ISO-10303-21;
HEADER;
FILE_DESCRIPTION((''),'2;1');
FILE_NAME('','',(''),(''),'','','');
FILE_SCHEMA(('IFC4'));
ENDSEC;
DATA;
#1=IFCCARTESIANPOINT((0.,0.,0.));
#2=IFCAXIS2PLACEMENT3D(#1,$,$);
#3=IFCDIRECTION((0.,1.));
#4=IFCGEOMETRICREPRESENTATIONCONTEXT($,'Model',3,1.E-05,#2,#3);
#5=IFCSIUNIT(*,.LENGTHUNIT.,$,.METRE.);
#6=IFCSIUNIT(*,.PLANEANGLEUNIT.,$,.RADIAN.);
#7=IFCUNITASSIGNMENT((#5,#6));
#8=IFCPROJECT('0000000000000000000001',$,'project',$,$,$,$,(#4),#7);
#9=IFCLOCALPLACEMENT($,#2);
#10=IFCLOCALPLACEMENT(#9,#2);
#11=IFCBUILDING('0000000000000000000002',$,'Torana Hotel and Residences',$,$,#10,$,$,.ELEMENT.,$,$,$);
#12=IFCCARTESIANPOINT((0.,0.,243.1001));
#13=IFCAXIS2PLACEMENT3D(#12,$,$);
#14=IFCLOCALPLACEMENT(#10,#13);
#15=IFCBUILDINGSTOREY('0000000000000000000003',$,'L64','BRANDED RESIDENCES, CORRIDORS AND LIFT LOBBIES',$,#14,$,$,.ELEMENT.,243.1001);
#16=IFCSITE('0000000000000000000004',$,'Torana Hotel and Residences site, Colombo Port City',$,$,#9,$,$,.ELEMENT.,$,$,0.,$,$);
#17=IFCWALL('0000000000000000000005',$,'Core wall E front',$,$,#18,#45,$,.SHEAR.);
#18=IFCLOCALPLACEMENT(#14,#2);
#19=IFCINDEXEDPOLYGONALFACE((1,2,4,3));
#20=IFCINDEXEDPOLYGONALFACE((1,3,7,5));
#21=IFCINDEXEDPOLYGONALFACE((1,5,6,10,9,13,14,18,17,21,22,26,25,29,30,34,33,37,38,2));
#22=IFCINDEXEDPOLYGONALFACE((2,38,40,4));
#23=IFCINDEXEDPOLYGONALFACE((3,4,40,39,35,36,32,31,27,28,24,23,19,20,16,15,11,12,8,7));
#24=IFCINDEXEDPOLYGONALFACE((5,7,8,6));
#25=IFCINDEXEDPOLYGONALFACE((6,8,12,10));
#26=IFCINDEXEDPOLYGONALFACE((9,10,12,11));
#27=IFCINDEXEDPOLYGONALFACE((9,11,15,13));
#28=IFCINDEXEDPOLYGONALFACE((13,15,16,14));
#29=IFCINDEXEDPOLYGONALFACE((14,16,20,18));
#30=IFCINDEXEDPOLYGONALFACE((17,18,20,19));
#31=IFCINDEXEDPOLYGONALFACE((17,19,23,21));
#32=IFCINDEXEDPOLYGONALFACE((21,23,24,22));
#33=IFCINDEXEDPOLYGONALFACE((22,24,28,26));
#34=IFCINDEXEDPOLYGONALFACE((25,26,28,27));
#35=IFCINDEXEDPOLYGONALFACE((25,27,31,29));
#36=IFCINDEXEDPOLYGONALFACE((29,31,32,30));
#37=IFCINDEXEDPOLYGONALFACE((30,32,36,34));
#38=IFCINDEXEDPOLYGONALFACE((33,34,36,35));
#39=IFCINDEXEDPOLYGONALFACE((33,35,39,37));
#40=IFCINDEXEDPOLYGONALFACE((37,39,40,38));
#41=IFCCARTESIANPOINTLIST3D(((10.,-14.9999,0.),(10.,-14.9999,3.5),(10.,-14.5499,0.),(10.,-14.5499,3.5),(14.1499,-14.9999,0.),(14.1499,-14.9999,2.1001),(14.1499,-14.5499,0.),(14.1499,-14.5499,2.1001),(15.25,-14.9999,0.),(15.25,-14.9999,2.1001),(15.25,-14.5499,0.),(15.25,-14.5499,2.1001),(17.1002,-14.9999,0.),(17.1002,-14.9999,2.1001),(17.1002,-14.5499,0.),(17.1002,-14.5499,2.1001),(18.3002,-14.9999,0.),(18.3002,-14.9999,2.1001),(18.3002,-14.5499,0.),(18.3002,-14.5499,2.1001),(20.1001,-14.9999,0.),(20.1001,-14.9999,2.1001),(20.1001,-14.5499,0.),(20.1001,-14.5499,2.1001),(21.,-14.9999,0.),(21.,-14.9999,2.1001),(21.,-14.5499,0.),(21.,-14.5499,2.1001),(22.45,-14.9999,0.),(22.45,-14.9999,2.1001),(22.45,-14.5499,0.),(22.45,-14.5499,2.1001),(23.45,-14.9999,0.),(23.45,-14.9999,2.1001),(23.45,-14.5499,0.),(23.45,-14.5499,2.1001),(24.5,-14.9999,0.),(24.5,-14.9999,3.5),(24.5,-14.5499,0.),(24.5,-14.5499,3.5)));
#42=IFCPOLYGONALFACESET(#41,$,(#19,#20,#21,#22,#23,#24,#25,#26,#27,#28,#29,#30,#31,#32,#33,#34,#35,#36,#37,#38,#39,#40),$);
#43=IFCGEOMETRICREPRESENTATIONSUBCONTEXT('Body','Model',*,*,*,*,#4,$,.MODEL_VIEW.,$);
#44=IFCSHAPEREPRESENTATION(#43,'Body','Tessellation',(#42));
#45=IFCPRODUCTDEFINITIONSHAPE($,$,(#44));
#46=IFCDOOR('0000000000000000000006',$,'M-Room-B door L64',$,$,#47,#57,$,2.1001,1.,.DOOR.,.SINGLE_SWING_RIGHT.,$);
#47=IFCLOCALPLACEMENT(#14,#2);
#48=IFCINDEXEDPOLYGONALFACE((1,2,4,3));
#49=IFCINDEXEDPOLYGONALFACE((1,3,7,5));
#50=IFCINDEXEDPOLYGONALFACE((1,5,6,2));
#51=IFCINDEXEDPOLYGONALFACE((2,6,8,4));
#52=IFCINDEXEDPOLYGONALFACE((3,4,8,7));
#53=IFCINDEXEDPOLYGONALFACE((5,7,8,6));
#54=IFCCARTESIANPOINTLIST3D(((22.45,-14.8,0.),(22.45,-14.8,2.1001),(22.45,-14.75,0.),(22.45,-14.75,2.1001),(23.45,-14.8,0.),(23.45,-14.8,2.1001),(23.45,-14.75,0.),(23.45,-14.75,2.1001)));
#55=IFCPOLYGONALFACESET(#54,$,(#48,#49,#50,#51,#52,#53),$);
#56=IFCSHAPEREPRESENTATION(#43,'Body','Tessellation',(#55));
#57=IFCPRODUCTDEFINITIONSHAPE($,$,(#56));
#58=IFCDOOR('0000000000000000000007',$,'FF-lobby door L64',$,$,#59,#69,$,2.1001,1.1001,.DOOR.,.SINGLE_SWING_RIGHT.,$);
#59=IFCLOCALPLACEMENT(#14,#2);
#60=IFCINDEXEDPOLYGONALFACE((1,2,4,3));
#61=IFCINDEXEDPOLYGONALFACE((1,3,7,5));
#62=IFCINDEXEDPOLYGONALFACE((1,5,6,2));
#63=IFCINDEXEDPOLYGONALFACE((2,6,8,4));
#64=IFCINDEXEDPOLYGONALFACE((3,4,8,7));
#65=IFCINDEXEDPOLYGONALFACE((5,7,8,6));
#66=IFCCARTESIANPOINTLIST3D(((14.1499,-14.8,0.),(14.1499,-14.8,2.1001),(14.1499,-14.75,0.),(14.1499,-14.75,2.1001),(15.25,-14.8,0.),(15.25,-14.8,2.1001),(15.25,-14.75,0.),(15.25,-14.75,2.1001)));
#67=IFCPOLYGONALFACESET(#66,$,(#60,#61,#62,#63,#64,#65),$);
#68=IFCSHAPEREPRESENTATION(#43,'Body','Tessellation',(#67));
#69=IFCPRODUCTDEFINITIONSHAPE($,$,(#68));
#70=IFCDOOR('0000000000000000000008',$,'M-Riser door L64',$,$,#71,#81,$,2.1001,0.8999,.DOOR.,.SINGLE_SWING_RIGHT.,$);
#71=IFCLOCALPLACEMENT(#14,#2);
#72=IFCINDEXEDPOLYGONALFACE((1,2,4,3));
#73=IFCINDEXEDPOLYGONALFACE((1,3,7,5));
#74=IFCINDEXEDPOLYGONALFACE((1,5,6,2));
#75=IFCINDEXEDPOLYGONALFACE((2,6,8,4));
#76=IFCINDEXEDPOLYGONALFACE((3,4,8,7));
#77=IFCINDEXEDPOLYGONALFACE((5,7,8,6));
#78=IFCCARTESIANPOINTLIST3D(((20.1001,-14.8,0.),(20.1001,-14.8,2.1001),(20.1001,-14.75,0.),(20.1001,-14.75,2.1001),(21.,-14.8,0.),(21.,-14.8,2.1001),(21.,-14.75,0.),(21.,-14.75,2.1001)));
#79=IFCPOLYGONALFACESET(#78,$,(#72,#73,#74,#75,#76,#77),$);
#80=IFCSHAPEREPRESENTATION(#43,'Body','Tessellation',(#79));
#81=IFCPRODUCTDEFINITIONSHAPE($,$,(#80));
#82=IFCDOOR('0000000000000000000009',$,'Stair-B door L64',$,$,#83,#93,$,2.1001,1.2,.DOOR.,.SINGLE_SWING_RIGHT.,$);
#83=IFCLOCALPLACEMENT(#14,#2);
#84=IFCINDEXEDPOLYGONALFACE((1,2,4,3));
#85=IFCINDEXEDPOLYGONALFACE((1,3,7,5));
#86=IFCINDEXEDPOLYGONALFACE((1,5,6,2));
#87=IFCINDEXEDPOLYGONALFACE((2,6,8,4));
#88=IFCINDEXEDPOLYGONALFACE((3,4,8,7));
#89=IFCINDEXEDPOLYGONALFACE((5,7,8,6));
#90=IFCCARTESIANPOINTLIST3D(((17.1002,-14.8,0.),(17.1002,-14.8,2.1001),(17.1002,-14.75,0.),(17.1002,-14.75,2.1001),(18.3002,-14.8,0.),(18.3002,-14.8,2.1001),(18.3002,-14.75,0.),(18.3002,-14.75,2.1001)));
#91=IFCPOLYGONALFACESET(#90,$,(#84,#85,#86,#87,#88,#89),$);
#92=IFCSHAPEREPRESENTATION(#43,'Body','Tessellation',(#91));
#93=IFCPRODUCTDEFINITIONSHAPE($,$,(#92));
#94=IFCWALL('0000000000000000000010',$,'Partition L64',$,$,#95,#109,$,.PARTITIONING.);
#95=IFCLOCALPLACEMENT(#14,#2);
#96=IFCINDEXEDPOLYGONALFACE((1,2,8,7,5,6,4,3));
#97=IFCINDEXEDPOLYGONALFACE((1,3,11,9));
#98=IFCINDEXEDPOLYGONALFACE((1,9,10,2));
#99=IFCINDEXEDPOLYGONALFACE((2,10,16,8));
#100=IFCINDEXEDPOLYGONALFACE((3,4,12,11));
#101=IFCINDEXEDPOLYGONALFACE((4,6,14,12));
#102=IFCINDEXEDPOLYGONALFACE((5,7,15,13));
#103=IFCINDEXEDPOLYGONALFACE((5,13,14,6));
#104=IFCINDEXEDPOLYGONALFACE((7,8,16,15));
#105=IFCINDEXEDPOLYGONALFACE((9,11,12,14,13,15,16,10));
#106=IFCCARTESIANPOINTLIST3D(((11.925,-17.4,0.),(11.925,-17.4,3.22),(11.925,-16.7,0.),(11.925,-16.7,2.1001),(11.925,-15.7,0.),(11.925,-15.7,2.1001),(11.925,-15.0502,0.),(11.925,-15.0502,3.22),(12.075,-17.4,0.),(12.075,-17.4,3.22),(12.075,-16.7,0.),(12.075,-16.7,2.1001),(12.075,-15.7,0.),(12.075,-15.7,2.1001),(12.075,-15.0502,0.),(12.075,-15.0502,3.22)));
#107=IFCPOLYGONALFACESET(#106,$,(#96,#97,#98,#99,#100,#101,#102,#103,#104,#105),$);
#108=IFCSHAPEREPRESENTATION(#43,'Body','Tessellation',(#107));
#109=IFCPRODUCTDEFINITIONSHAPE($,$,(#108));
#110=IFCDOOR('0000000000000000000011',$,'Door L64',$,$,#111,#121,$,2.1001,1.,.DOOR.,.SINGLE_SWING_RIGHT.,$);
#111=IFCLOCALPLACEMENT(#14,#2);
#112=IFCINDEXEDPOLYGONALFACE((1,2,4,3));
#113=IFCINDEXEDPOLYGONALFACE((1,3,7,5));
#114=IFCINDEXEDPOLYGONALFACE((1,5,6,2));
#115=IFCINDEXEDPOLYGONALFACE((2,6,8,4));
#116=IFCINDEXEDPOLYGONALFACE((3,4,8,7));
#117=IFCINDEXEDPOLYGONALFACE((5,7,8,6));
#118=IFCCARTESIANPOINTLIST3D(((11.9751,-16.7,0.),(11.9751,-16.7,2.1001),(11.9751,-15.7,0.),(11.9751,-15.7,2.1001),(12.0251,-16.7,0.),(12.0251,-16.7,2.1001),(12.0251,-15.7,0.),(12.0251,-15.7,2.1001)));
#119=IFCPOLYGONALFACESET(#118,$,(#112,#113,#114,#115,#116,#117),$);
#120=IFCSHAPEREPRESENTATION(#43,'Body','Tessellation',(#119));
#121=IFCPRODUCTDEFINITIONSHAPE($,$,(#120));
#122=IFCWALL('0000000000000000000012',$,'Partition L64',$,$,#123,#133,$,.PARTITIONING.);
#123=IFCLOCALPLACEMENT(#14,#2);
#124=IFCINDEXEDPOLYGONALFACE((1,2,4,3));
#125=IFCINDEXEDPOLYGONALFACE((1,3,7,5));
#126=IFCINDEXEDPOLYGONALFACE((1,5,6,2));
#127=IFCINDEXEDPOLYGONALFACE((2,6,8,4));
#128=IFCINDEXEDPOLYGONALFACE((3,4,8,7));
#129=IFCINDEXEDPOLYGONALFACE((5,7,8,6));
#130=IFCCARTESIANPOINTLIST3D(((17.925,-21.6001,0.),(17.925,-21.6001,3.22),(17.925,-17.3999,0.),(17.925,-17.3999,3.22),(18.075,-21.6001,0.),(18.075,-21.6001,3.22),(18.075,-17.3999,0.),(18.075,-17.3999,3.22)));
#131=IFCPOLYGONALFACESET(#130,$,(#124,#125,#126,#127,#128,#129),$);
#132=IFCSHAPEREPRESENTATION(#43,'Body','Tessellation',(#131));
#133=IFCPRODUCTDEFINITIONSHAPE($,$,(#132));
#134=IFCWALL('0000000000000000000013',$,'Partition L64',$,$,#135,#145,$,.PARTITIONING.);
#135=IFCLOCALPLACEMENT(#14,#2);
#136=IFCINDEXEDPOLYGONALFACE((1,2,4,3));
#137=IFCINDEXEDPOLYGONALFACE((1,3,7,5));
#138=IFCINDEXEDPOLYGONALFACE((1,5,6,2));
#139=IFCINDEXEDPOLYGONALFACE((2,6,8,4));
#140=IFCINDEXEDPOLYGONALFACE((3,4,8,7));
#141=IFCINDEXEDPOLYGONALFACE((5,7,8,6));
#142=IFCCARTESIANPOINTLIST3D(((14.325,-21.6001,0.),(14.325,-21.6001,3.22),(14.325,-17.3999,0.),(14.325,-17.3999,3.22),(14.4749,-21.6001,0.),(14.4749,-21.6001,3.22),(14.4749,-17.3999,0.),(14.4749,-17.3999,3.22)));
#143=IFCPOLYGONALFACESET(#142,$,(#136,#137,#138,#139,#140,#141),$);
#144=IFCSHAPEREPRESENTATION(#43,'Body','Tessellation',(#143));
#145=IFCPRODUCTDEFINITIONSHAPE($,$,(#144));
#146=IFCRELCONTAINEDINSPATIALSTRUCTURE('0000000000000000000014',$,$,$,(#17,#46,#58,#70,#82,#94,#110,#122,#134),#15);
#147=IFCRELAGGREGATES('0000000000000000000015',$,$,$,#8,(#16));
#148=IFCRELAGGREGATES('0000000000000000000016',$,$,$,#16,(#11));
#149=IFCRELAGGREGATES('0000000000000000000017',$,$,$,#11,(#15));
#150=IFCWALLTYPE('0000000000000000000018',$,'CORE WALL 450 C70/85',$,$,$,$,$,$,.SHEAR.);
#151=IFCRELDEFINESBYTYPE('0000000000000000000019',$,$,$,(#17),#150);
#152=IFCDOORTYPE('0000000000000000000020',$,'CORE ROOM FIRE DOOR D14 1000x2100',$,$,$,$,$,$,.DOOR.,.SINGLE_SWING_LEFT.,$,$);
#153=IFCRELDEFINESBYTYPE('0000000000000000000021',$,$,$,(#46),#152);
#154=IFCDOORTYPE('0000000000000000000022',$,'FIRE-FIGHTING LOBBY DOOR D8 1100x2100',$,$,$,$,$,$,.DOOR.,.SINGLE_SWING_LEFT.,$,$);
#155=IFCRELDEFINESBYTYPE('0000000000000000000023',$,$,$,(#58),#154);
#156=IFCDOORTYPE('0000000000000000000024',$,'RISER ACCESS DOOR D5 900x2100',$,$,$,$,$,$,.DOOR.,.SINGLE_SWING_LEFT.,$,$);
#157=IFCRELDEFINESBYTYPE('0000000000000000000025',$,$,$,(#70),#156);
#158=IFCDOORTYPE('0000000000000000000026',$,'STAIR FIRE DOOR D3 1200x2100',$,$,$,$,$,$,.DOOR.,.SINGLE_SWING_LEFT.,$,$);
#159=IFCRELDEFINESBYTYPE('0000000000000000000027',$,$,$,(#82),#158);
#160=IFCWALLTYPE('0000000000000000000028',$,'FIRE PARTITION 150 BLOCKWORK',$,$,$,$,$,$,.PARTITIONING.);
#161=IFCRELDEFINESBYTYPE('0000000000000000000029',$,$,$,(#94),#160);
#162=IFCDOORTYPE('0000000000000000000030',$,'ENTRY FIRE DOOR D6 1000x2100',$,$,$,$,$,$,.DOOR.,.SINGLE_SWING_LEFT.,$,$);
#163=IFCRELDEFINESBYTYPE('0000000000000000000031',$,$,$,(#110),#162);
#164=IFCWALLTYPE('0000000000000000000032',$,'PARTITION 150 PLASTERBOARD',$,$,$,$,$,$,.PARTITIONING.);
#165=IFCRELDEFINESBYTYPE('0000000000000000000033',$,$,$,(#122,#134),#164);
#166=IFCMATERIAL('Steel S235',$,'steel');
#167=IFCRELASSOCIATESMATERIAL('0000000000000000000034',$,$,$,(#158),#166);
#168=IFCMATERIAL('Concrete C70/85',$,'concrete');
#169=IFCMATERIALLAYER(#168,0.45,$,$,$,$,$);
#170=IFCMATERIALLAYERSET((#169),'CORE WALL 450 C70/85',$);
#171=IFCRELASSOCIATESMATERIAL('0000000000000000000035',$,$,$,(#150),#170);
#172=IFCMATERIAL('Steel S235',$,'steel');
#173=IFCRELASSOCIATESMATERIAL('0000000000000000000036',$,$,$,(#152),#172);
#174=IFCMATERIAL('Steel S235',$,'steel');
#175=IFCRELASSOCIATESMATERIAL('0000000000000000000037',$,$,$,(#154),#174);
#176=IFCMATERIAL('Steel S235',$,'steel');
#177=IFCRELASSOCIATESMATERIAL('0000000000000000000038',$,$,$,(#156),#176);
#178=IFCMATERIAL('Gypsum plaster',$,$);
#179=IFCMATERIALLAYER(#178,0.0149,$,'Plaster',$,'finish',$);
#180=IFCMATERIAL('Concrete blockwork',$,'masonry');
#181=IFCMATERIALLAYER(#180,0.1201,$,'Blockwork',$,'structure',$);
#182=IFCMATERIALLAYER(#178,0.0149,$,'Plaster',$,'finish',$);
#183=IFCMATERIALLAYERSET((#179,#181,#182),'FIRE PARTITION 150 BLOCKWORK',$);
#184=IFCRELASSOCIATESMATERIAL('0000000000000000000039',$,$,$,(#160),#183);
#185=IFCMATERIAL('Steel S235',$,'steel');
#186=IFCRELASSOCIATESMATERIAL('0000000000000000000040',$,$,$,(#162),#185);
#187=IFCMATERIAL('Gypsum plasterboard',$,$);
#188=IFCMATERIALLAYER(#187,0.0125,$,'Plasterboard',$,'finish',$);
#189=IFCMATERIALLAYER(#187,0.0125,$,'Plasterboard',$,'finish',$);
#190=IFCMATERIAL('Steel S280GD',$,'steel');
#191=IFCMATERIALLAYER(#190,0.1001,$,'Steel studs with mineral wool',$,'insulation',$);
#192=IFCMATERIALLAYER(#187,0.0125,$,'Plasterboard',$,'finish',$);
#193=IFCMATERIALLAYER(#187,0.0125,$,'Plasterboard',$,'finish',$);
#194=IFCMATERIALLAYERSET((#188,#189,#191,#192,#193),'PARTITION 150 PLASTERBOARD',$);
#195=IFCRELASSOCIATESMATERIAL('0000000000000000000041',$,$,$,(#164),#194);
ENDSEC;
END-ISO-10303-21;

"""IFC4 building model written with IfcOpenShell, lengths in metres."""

from ifc_helpers import new_model, si_unit, direction, frame, frame_2d, origin, place, context, subcontext, project, spatial, rectangle, extrude, material, layer, layer_set, type_object, element, fill, save


model = new_model("IFC4")

# Units and contexts
model_context = context("Model", 3, precision=1e-05, world=origin(), true_north=direction((0.0, 1.0)))
body_context = subcontext(model_context, "Body", "Model", "MODEL_VIEW")
ifc_project = project(units=[si_unit("LENGTHUNIT", "METRE"), si_unit("PLANEANGLEUNIT", "RADIAN")], contexts=[model_context])

# Site, building, storey
site_placement = place(None, origin())
site = spatial("IfcSite", under=ifc_project, at=site_placement, Name="Torana Hotel and Residences site, Colombo Port City", CompositionType="ELEMENT", RefElevation=0.0)
building_placement = place(site_placement, origin())
building = spatial("IfcBuilding", under=site, at=building_placement, Name="Torana Hotel and Residences", CompositionType="ELEMENT")
storey_placement = place(building_placement, frame((0.0, 0.0, 243.1001)))
storey = spatial("IfcBuildingStorey", under=building, at=storey_placement, Name="L64", Description="BRANDED RESIDENCES, CORRIDORS AND LIFT LOBBIES", CompositionType="ELEMENT", Elevation=243.1001)

# Shared definitions
ifc_material_1 = material(Name="Steel S235", Category="steel")
door_type_1 = type_object("IfcDoorType", Name="STAIR FIRE DOOR D3 1200x2100", OperationType="SINGLE_SWING_LEFT", PredefinedType="DOOR", material=ifc_material_1)

# Wall, openings, doors
ifc_material_2 = material(Name="Concrete C70/85", Category="concrete")
ifc_layer_1 = layer(ifc_material_2, 0.45)
ifc_layer_set_1 = layer_set([ifc_layer_1], Name="CORE WALL 450 C70/85")
wall_type_1 = type_object("IfcWallType", Name="CORE WALL 450 C70/85", PredefinedType="SHEAR", material=ifc_layer_set_1)
wall_1_placement = place(storey_placement, frame((10.0, -14.7749, 0.0), z_axis=(0.0, 0.0, 1.0), x_axis=(1.0, 0.0, 0.0)))
wall_1 = element("IfcWall", 1, at=wall_1_placement, inside=storey, type_object=wall_type_1, Name="Core wall E front", PredefinedType="SHEAR", context=body_context, shape_type="SweptSolid", body=[
    extrude(rectangle(XDim=14.5, YDim=0.45, at=frame_2d((7.25, 0.0))), origin(), (0.0, 0.0, 1.0), 3.5),
])
opening_1_placement = place(wall_1_placement, frame((7.1001, 0.0, 0.0)))
opening_1 = element("IfcOpeningElement", 2, at=opening_1_placement, cuts=wall_1, PredefinedType="OPENING", context=body_context, shape_type="SweptSolid", body=[
    extrude(rectangle(XDim=1.2, YDim=2.1001, at=frame_2d((0.6001, 1.05))), frame((0.0, 0.2349, 0.0), z_axis=(0.0, -1.0, 0.0), x_axis=(1.0, 0.0, 0.0)), (0.0, 0.0, 1.0), 0.47),
])
opening_2_placement = place(wall_1_placement, frame((4.1499, 0.0, 0.0)))
opening_2 = element("IfcOpeningElement", 3, at=opening_2_placement, cuts=wall_1, PredefinedType="OPENING", context=body_context, shape_type="SweptSolid", body=[
    extrude(rectangle(XDim=1.1001, YDim=2.1001, at=frame_2d((0.55, 1.05))), frame((0.0, 0.2349, 0.0), z_axis=(0.0, -1.0, 0.0), x_axis=(1.0, 0.0, 0.0)), (0.0, 0.0, 1.0), 0.47),
])
opening_3_placement = place(wall_1_placement, frame((10.1001, 0.0, 0.0)))
opening_3 = element("IfcOpeningElement", 4, at=opening_3_placement, cuts=wall_1, PredefinedType="OPENING", context=body_context, shape_type="SweptSolid", body=[
    extrude(rectangle(XDim=0.8999, YDim=2.1001, at=frame_2d((0.45, 1.05))), frame((0.0, 0.2349, 0.0), z_axis=(0.0, -1.0, 0.0), x_axis=(1.0, 0.0, 0.0)), (0.0, 0.0, 1.0), 0.47),
])
opening_4_placement = place(wall_1_placement, frame((12.45, 0.0, 0.0)))
opening_4 = element("IfcOpeningElement", 5, at=opening_4_placement, cuts=wall_1, PredefinedType="OPENING", context=body_context, shape_type="SweptSolid", body=[
    extrude(rectangle(XDim=1.0, YDim=2.1001, at=frame_2d((0.5, 1.05))), frame((0.0, 0.2349, 0.0), z_axis=(0.0, -1.0, 0.0), x_axis=(1.0, 0.0, 0.0)), (0.0, 0.0, 1.0), 0.47),
])
ifc_material_3 = material(Name="Steel S235", Category="steel")
door_type_2 = type_object("IfcDoorType", Name="CORE ROOM FIRE DOOR D14 1000x2100", OperationType="SINGLE_SWING_LEFT", PredefinedType="DOOR", material=ifc_material_3)
door_1_placement = place(opening_4_placement, origin())
door_1 = element("IfcDoor", 6, at=door_1_placement, inside=storey, type_object=door_type_2, Name="M-Room-B door L64", OperationType="SINGLE_SWING_RIGHT", OverallHeight=2.1001, OverallWidth=1.0, PredefinedType="DOOR", context=body_context, shape_type="SweptSolid", body=[
    extrude(rectangle(XDim=1.0, YDim=2.1001, at=frame_2d((0.5, 1.05))), frame((0.0, 0.0249, 0.0), z_axis=(0.0, -1.0, 0.0), x_axis=(1.0, 0.0, 0.0)), (0.0, 0.0, 1.0), 0.05),
])
fill(opening_4, door_1)
ifc_material_4 = material(Name="Steel S235", Category="steel")
door_type_3 = type_object("IfcDoorType", Name="FIRE-FIGHTING LOBBY DOOR D8 1100x2100", OperationType="SINGLE_SWING_LEFT", PredefinedType="DOOR", material=ifc_material_4)
door_2_placement = place(opening_2_placement, origin())
door_2 = element("IfcDoor", 7, at=door_2_placement, inside=storey, type_object=door_type_3, Name="FF-lobby door L64", OperationType="SINGLE_SWING_RIGHT", OverallHeight=2.1001, OverallWidth=1.1001, PredefinedType="DOOR", context=body_context, shape_type="SweptSolid", body=[
    extrude(rectangle(XDim=1.1001, YDim=2.1001, at=frame_2d((0.55, 1.05))), frame((0.0, 0.0249, 0.0), z_axis=(0.0, -1.0, 0.0), x_axis=(1.0, 0.0, 0.0)), (0.0, 0.0, 1.0), 0.05),
])
fill(opening_2, door_2)
ifc_material_5 = material(Name="Steel S235", Category="steel")
door_type_4 = type_object("IfcDoorType", Name="RISER ACCESS DOOR D5 900x2100", OperationType="SINGLE_SWING_LEFT", PredefinedType="DOOR", material=ifc_material_5)
door_3_placement = place(opening_3_placement, origin())
door_3 = element("IfcDoor", 8, at=door_3_placement, inside=storey, type_object=door_type_4, Name="M-Riser door L64", OperationType="SINGLE_SWING_RIGHT", OverallHeight=2.1001, OverallWidth=0.8999, PredefinedType="DOOR", context=body_context, shape_type="SweptSolid", body=[
    extrude(rectangle(XDim=0.8999, YDim=2.1001, at=frame_2d((0.45, 1.05))), frame((0.0, 0.0249, 0.0), z_axis=(0.0, -1.0, 0.0), x_axis=(1.0, 0.0, 0.0)), (0.0, 0.0, 1.0), 0.05),
])
fill(opening_3, door_3)
door_4_placement = place(opening_1_placement, origin())
door_4 = element("IfcDoor", 9, at=door_4_placement, inside=storey, type_object=door_type_1, Name="Stair-B door L64", OperationType="SINGLE_SWING_RIGHT", OverallHeight=2.1001, OverallWidth=1.2, PredefinedType="DOOR", context=body_context, shape_type="SweptSolid", body=[
    extrude(rectangle(XDim=1.2, YDim=2.1001, at=frame_2d((0.6001, 1.05))), frame((0.0, 0.0249, 0.0), z_axis=(0.0, -1.0, 0.0), x_axis=(1.0, 0.0, 0.0)), (0.0, 0.0, 1.0), 0.05),
])
fill(opening_1, door_4)

# Wall, opening, door
ifc_material_6 = material(Name="Gypsum plaster")
ifc_layer_2 = layer(ifc_material_6, 0.0149, Name="Plaster", Category="finish")
ifc_material_7 = material(Name="Concrete blockwork", Category="masonry")
ifc_layer_3 = layer(ifc_material_7, 0.1201, Name="Blockwork", Category="structure")
ifc_layer_4 = layer(ifc_material_6, 0.0149, Name="Plaster", Category="finish")
ifc_layer_set_2 = layer_set([ifc_layer_2, ifc_layer_3, ifc_layer_4], Name="FIRE PARTITION 150 BLOCKWORK")
wall_type_2 = type_object("IfcWallType", Name="FIRE PARTITION 150 BLOCKWORK", PredefinedType="PARTITIONING", material=ifc_layer_set_2)
wall_2_placement = place(storey_placement, frame((12.0, -17.3999, 0.0), z_axis=(0.0, 0.0, 1.0), x_axis=(0.0, 1.0, 0.0)))
wall_2 = element("IfcWall", 10, at=wall_2_placement, inside=storey, type_object=wall_type_2, Name="Partition L64", PredefinedType="PARTITIONING", context=body_context, shape_type="SweptSolid", body=[
    extrude(rectangle(XDim=2.3499, YDim=0.1499, at=frame_2d((1.1748, 0.0))), origin(), (0.0, 0.0, 1.0), 3.22),
])
opening_5_placement = place(wall_2_placement, frame((0.7, 0.0, 0.0)))
opening_5 = element("IfcOpeningElement", 11, at=opening_5_placement, cuts=wall_2, PredefinedType="OPENING", context=body_context, shape_type="SweptSolid", body=[
    extrude(rectangle(XDim=1.0, YDim=2.1001, at=frame_2d((0.5, 1.05))), frame((0.0, 0.085, 0.0), z_axis=(0.0, -1.0, 0.0), x_axis=(1.0, 0.0, 0.0)), (0.0, 0.0, 1.0), 0.1699),
])
ifc_material_8 = material(Name="Steel S235", Category="steel")
door_type_5 = type_object("IfcDoorType", Name="ENTRY FIRE DOOR D6 1000x2100", OperationType="SINGLE_SWING_LEFT", PredefinedType="DOOR", material=ifc_material_8)
door_5_placement = place(opening_5_placement, origin())
door_5 = element("IfcDoor", 12, at=door_5_placement, inside=storey, type_object=door_type_5, Name="Door L64", OperationType="SINGLE_SWING_RIGHT", OverallHeight=2.1001, OverallWidth=1.0, PredefinedType="DOOR", context=body_context, shape_type="SweptSolid", body=[
    extrude(rectangle(XDim=1.0, YDim=2.1001, at=frame_2d((0.5, 1.05))), frame((0.0, 0.0249, 0.0), z_axis=(0.0, -1.0, 0.0), x_axis=(1.0, 0.0, 0.0)), (0.0, 0.0, 1.0), 0.05),
])
fill(opening_5, door_5)

# Walls
ifc_material_9 = material(Name="Gypsum plasterboard")
ifc_layer_5 = layer(ifc_material_9, 0.0125, Name="Plasterboard", Category="finish")
ifc_layer_6 = layer(ifc_material_9, 0.0125, Name="Plasterboard", Category="finish")
ifc_material_10 = material(Name="Steel S280GD", Category="steel")
ifc_layer_7 = layer(ifc_material_10, 0.1001, Name="Steel studs with mineral wool", Category="insulation")
ifc_layer_8 = layer(ifc_material_9, 0.0125, Name="Plasterboard", Category="finish")
ifc_layer_9 = layer(ifc_material_9, 0.0125, Name="Plasterboard", Category="finish")
ifc_layer_set_3 = layer_set([ifc_layer_5, ifc_layer_6, ifc_layer_7, ifc_layer_8, ifc_layer_9], Name="PARTITION 150 PLASTERBOARD")
wall_type_3 = type_object("IfcWallType", Name="PARTITION 150 PLASTERBOARD", PredefinedType="PARTITIONING", material=ifc_layer_set_3)
for number, where, z_axis, x_axis, name in (
    (13, (18.0, -21.6001, 0.0), (0.0, 0.0, 1.0), (0.0, 1.0, 0.0), "Partition L64"),
    (14, (14.3999, -21.6001, 0.0), (0.0, 0.0, 1.0), (0.0, 1.0, 0.0), "Partition L64"),
):
    element("IfcWall", number, at=place(storey_placement, frame(where, z_axis=z_axis, x_axis=x_axis)), inside=storey, type_object=wall_type_3, Name=name, PredefinedType="PARTITIONING", context=body_context, shape_type="SweptSolid", body=[
        extrude(rectangle(XDim=4.2002, YDim=0.1499, at=frame_2d((2.1001, 0.0))), origin(), (0.0, 0.0, 1.0), 3.22),
    ])

save(model, "model.ifc")
